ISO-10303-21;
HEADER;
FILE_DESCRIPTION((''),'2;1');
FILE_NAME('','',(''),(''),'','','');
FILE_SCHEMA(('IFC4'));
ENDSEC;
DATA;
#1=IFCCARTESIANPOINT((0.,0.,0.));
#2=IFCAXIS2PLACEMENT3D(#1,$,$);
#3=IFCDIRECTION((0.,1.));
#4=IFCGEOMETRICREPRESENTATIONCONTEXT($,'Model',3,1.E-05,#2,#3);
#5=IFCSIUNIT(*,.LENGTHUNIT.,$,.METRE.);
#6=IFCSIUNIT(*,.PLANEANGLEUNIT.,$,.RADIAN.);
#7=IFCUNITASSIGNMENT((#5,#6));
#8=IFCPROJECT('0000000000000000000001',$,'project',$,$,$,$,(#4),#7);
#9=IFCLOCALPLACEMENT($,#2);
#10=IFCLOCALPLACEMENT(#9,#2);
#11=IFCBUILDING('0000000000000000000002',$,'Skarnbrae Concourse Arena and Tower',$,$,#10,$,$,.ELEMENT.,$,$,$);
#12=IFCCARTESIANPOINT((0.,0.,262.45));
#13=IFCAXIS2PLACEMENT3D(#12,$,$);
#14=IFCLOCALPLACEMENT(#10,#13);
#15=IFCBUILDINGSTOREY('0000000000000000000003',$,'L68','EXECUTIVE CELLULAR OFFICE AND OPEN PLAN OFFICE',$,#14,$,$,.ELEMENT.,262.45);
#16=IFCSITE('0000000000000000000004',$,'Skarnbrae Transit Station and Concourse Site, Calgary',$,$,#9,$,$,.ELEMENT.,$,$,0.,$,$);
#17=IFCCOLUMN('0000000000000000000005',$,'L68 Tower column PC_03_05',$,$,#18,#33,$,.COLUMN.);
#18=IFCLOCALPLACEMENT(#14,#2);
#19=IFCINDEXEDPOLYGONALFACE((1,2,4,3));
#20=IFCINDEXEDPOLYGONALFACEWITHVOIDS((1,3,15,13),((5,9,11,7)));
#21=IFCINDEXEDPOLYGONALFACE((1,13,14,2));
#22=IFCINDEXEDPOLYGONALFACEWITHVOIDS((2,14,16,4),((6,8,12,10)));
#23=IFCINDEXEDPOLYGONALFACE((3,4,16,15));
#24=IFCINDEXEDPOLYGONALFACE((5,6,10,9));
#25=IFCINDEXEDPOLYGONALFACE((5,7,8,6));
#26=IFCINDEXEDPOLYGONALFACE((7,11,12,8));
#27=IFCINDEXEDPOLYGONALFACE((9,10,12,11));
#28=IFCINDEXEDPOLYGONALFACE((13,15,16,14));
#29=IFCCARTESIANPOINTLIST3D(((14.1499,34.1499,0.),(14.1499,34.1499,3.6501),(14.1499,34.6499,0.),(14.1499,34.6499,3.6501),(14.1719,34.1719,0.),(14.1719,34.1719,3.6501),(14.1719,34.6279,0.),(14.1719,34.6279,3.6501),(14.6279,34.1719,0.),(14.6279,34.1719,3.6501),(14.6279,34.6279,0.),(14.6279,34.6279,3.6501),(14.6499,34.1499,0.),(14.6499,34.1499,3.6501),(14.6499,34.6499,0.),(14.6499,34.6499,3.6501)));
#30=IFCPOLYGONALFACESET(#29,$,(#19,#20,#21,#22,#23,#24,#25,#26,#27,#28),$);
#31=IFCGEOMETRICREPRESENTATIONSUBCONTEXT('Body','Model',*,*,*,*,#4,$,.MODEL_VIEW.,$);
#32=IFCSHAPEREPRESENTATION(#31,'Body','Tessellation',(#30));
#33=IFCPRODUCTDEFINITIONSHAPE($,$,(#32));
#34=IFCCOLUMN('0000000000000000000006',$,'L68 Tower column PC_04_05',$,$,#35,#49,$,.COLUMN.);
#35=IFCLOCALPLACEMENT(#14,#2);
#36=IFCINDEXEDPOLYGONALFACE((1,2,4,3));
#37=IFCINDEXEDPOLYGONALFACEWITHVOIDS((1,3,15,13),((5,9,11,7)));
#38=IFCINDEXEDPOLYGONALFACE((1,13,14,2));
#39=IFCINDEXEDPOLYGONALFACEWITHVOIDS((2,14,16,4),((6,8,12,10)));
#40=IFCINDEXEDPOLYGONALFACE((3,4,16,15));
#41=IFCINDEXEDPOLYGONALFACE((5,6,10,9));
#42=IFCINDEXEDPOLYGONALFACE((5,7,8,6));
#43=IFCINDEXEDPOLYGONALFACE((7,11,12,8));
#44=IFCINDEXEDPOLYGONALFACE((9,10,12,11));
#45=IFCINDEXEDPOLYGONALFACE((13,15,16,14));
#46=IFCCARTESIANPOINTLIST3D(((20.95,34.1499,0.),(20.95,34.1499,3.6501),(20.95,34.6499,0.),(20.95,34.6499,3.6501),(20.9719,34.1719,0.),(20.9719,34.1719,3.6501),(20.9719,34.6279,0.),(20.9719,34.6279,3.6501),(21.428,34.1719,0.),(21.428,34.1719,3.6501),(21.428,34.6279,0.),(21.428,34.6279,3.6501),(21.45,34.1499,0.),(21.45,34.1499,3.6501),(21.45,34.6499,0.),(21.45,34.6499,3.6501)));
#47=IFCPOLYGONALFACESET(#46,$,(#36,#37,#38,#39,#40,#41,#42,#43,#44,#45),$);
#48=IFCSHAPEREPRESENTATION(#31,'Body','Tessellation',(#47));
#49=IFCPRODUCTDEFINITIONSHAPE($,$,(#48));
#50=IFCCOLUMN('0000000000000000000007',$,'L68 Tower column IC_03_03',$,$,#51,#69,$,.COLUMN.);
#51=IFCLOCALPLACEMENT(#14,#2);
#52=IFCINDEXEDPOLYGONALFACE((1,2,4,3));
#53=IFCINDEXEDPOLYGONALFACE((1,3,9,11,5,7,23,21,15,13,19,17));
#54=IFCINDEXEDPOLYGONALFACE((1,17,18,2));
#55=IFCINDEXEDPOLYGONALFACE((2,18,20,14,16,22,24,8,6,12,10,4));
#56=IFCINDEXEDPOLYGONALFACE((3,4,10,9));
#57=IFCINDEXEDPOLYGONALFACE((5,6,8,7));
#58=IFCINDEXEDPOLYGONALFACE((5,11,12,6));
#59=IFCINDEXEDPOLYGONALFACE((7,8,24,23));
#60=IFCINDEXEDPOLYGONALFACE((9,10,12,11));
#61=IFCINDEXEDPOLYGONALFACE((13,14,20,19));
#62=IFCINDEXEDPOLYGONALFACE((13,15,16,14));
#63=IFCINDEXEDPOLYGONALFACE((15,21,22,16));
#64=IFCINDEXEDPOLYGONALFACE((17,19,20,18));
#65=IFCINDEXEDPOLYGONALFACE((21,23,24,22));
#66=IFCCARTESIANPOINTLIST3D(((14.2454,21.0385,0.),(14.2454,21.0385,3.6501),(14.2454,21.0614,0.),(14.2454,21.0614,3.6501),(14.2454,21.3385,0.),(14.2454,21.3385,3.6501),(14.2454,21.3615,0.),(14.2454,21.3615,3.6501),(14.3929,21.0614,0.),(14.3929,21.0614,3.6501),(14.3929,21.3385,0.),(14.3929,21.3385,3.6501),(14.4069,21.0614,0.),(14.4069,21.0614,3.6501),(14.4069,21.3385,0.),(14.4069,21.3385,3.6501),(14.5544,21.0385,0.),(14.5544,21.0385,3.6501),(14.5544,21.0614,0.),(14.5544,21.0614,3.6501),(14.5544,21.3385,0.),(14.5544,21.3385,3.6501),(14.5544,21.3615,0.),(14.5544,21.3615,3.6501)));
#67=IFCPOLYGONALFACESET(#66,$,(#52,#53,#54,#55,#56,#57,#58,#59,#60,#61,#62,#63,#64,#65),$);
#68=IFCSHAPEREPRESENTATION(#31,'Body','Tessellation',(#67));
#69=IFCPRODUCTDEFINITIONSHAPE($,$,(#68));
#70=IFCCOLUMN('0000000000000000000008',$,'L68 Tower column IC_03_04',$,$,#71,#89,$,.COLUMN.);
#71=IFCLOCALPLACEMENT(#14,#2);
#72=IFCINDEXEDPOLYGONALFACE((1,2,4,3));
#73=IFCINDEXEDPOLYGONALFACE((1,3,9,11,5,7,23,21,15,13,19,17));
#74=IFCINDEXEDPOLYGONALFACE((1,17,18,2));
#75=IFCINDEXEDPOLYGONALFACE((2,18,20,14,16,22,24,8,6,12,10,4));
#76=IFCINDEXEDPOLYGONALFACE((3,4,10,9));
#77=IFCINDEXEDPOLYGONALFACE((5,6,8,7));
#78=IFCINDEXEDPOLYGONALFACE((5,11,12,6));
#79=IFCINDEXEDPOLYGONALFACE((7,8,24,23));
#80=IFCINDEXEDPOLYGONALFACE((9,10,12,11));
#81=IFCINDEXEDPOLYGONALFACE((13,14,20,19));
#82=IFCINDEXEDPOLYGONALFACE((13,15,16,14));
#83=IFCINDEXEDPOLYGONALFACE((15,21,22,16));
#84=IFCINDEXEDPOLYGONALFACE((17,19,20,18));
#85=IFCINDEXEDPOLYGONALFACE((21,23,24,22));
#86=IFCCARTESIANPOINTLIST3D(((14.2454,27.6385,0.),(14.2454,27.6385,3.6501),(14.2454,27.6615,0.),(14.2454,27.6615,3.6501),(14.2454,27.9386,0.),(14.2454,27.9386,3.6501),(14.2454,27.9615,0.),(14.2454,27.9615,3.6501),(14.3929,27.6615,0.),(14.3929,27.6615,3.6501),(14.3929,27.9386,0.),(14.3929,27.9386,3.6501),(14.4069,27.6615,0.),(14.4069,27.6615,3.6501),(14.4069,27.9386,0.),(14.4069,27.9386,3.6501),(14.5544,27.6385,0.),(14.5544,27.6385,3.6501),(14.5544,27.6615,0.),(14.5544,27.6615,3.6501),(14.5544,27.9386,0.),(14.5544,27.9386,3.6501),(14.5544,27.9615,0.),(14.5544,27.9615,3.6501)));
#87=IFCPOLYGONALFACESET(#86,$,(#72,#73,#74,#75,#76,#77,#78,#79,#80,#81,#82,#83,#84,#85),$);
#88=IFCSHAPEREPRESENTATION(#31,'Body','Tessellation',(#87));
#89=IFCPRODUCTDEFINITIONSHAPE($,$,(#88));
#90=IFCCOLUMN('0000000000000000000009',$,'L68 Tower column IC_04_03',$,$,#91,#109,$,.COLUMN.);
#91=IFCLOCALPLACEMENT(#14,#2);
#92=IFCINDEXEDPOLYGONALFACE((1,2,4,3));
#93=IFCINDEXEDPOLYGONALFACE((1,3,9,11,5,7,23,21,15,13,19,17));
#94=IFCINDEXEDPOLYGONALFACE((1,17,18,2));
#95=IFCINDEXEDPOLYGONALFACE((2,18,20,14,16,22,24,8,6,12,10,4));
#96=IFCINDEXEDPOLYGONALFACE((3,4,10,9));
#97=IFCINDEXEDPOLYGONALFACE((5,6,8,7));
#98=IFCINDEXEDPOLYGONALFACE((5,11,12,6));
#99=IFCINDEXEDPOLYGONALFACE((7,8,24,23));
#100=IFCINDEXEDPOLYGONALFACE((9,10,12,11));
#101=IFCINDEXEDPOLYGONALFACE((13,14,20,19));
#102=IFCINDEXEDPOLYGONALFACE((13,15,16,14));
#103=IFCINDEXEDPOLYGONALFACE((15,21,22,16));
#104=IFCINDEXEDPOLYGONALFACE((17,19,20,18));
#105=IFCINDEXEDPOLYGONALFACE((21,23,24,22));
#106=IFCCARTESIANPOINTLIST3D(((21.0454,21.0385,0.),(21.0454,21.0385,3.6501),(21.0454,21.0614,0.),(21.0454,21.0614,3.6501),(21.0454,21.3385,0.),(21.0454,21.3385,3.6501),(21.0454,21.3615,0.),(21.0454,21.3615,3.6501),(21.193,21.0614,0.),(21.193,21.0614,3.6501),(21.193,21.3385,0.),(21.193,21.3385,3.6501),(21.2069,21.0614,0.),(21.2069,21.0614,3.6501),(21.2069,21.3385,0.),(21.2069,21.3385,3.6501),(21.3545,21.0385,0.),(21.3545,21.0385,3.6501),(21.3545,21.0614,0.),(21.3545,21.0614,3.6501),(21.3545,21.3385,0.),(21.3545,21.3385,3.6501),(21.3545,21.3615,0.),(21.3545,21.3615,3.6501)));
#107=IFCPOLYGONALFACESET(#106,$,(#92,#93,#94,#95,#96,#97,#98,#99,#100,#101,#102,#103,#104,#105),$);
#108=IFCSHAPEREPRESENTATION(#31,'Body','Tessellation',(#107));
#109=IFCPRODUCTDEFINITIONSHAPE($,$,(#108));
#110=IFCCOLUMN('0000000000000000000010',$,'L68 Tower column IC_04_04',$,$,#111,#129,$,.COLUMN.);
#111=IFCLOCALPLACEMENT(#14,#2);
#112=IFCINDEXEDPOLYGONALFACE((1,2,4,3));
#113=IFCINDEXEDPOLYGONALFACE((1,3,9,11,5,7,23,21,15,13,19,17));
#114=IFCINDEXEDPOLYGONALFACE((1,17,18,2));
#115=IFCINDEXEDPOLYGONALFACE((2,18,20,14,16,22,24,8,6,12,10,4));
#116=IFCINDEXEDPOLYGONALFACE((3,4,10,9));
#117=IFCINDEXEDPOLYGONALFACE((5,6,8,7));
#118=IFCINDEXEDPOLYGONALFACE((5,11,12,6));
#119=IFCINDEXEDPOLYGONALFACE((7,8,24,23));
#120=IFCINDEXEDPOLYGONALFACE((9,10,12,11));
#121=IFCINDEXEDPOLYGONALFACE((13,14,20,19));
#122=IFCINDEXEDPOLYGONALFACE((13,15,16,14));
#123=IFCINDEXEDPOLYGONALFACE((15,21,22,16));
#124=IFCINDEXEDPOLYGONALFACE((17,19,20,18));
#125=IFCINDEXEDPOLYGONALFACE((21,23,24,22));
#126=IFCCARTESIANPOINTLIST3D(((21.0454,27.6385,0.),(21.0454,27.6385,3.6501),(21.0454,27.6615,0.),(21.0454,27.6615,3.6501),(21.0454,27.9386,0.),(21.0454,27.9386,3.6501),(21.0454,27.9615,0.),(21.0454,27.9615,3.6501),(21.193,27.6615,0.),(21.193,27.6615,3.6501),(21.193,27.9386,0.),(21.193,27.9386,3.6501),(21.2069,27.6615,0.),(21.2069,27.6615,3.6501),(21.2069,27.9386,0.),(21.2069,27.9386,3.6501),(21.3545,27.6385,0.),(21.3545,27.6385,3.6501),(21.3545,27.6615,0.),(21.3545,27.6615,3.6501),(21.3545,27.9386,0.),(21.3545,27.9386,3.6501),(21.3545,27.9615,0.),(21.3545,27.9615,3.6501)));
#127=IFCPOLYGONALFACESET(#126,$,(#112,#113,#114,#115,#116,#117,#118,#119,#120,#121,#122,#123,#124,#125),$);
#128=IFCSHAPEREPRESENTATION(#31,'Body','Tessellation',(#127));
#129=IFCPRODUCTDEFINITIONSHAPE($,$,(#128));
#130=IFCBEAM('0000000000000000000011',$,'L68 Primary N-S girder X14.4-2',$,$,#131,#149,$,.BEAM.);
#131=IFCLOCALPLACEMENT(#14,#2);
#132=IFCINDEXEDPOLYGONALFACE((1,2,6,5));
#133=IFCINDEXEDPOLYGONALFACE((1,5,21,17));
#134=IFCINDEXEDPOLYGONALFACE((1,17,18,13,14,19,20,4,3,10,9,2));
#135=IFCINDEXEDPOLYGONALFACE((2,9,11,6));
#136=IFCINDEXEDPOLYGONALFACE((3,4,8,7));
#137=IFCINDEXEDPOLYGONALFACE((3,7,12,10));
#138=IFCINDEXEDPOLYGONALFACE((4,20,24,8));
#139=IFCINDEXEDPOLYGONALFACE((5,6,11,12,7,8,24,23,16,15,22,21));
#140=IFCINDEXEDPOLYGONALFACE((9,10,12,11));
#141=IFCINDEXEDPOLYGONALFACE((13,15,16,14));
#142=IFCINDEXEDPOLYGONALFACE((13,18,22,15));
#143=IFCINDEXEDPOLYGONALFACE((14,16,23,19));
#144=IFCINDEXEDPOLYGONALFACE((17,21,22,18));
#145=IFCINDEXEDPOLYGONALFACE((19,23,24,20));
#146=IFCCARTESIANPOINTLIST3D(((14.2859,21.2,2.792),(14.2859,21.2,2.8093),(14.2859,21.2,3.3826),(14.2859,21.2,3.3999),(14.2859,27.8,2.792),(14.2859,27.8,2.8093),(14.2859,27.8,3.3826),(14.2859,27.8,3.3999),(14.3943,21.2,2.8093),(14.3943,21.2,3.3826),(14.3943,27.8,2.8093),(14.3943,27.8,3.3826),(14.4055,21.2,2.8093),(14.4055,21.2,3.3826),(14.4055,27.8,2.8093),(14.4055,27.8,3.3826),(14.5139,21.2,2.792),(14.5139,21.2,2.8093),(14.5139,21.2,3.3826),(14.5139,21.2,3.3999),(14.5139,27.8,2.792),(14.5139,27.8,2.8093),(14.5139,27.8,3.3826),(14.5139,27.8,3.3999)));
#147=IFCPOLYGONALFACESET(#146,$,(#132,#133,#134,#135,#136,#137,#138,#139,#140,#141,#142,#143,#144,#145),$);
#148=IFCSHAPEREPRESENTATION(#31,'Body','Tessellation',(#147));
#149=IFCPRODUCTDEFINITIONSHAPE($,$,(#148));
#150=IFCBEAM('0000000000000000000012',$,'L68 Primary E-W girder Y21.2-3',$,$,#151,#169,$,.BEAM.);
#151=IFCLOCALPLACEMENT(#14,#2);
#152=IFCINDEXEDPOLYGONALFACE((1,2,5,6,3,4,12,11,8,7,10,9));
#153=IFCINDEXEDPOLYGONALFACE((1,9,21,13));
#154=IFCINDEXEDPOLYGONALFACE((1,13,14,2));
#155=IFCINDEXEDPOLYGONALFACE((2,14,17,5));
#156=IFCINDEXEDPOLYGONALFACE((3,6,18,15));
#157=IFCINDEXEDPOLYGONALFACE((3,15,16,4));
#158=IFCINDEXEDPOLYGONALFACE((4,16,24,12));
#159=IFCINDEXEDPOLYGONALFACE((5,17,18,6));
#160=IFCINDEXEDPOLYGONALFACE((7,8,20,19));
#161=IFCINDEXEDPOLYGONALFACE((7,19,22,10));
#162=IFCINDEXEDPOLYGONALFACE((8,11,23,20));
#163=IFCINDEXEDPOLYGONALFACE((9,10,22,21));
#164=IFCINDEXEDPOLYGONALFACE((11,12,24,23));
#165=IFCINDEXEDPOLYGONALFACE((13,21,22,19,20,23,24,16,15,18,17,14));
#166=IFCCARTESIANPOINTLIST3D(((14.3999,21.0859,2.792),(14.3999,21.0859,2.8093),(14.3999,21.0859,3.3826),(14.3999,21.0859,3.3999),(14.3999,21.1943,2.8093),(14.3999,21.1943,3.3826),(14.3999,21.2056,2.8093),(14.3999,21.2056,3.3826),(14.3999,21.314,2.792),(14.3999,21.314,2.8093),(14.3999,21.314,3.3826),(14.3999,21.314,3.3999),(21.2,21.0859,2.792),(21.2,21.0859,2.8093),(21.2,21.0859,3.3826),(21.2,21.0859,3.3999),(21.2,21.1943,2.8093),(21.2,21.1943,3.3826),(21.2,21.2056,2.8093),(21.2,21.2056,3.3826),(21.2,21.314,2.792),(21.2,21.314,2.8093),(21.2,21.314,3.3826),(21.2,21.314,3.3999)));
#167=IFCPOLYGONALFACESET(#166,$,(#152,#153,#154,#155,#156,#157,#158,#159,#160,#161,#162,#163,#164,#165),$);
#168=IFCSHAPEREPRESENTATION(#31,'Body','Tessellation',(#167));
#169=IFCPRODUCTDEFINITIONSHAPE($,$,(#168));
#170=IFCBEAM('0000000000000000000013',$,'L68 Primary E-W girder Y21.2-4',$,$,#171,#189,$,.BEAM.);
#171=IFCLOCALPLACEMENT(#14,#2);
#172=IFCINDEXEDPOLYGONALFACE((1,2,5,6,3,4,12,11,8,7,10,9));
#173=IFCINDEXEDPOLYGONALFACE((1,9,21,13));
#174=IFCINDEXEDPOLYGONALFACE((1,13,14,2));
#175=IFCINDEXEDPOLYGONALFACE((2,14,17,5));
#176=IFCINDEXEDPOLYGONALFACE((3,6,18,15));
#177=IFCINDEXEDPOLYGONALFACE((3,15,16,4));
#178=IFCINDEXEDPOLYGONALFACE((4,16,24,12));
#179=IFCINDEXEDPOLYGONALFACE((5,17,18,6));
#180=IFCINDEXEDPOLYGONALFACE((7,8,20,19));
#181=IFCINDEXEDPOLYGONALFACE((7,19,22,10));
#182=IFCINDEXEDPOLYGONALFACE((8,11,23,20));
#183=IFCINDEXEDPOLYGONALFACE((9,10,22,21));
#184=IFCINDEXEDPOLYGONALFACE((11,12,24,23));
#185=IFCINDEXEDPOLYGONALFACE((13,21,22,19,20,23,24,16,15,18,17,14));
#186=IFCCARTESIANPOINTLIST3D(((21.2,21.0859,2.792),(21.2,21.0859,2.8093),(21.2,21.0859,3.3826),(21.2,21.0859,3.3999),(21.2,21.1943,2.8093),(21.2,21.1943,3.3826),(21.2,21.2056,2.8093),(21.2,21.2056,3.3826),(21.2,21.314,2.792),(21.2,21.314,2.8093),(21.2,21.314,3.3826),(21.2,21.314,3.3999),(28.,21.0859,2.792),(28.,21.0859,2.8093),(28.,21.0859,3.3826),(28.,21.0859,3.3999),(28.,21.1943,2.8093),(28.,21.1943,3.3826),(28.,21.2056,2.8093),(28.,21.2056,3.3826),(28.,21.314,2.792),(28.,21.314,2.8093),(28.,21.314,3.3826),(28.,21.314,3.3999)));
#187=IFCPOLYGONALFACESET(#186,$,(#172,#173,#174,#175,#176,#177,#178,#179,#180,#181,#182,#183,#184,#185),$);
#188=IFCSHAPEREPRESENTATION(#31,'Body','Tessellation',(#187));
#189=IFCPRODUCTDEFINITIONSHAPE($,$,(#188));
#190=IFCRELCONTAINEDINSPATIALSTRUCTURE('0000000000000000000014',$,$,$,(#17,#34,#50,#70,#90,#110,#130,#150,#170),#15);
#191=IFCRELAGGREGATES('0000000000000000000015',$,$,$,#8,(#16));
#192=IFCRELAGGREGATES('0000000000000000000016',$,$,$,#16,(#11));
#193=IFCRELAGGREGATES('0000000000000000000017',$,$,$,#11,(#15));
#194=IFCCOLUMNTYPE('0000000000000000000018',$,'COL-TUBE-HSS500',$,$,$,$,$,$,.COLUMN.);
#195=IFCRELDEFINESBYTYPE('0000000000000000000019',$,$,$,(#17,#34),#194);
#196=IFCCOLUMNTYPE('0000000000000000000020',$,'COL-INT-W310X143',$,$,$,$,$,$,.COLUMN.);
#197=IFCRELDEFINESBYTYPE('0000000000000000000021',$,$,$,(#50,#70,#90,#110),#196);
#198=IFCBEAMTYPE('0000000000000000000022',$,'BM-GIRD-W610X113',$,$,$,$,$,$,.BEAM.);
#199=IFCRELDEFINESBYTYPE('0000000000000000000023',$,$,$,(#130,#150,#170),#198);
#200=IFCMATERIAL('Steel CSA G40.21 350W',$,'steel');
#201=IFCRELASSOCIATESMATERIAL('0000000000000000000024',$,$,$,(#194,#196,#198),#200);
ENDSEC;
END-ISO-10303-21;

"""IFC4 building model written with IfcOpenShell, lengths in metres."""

from ifc_helpers import new_model, si_unit, direction, frame, origin, origin_2d, place, context, subcontext, project, spatial, hollow_rectangle, i_section, extrude, source, transform, mapped, material, material_profile, profile_set, type_object, element, save


model = new_model("IFC4")

# Units and contexts
model_context = context("Model", 3, precision=1e-05, world=origin(), true_north=direction((0.0, 1.0)))
body_context = subcontext(model_context, "Body", "Model", "MODEL_VIEW")
ifc_project = project(units=[si_unit("LENGTHUNIT", "METRE"), si_unit("PLANEANGLEUNIT", "RADIAN")], contexts=[model_context])

# Site, building, storey
site_placement = place(None, origin())
site = spatial("IfcSite", under=ifc_project, at=site_placement, Name="Skarnbrae Transit Station and Concourse Site, Calgary", CompositionType="ELEMENT", RefElevation=0.0)
building_placement = place(site_placement, origin())
building = spatial("IfcBuilding", under=site, at=building_placement, Name="Skarnbrae Concourse Arena and Tower", CompositionType="ELEMENT")
storey_placement = place(building_placement, frame((0.0, 0.0, 262.45)))
storey = spatial("IfcBuildingStorey", under=building, at=storey_placement, Name="L68", Description="EXECUTIVE CELLULAR OFFICE AND OPEN PLAN OFFICE", CompositionType="ELEMENT", Elevation=262.45)

# Columns
ifc_material_1 = material(Name="Steel CSA G40.21 350W", Category="steel")
ifc_material_profile_1 = material_profile(ifc_material_1, hollow_rectangle(XDim=0.5, YDim=0.5, WallThickness=0.022, at=origin_2d()), Name="HSS500X500X22.0")
ifc_profile_set_1 = profile_set([ifc_material_profile_1], Name="Steel CSA G40.21 350W")
column_type_1 = type_object("IfcColumnType", Name="COL-TUBE-HSS500", PredefinedType="COLUMN", material=ifc_profile_set_1)
shared_shape_1 = source(origin(), body_context, "Body", "SweptSolid", [
    extrude(hollow_rectangle(XDim=0.5, YDim=0.5, WallThickness=0.022, at=origin_2d()), origin(), (0.0, 0.0, 1.0), 3.6501),
])
for number, where, z_axis, x_axis, name in (
    (1, (14.3999, 34.3999, 0.0), (0.0, 0.0, 1.0), (1.0, 0.0, 0.0), "L68 Tower column PC_03_05"),
    (2, (21.2, 34.3999, 0.0), (0.0, 0.0, 1.0), (1.0, 0.0, 0.0), "L68 Tower column PC_04_05"),
):
    element("IfcColumn", number, at=place(storey_placement, frame(where, z_axis=z_axis, x_axis=x_axis)), inside=storey, type_object=column_type_1, Name=name, PredefinedType="COLUMN", context=body_context, shape_type="MappedRepresentation", body=[
        mapped(shared_shape_1, transform((0.0, 0.0, 0.0))),
    ])
ifc_material_profile_2 = material_profile(ifc_material_1, i_section(OverallWidth=0.3091, OverallDepth=0.323, WebThickness=0.0139, FlangeThickness=0.0229, at=origin_2d()), Name="W310X143")
ifc_profile_set_2 = profile_set([ifc_material_profile_2], Name="Steel CSA G40.21 350W")
column_type_2 = type_object("IfcColumnType", Name="COL-INT-W310X143", PredefinedType="COLUMN", material=ifc_profile_set_2)
shared_shape_2 = source(origin(), body_context, "Body", "SweptSolid", [
    extrude(i_section(OverallWidth=0.3091, OverallDepth=0.323, WebThickness=0.0139, FlangeThickness=0.0229, at=origin_2d()), origin(), (0.0, 0.0, 1.0), 3.6501),
])
for number, where, z_axis, x_axis, name in (
    (3, (14.3999, 21.2, 0.0), (0.0, 0.0, 1.0), (1.0, 0.0, 0.0), "L68 Tower column IC_03_03"),
    (4, (14.3999, 27.8, 0.0), (0.0, 0.0, 1.0), (1.0, 0.0, 0.0), "L68 Tower column IC_03_04"),
    (5, (21.2, 21.2, 0.0), (0.0, 0.0, 1.0), (1.0, 0.0, 0.0), "L68 Tower column IC_04_03"),
    (6, (21.2, 27.8, 0.0), (0.0, 0.0, 1.0), (1.0, 0.0, 0.0), "L68 Tower column IC_04_04"),
):
    element("IfcColumn", number, at=place(storey_placement, frame(where, z_axis=z_axis, x_axis=x_axis)), inside=storey, type_object=column_type_2, Name=name, PredefinedType="COLUMN", context=body_context, shape_type="MappedRepresentation", body=[
        mapped(shared_shape_2, transform((0.0, 0.0, 0.0))),
    ])

# Beams
ifc_material_profile_3 = material_profile(ifc_material_1, i_section(OverallWidth=0.228, OverallDepth=0.6079, WebThickness=0.0112, FlangeThickness=0.0173, at=origin_2d()), Name="W610X113")
ifc_profile_set_3 = profile_set([ifc_material_profile_3], Name="Steel CSA G40.21 350W")
beam_type_1 = type_object("IfcBeamType", Name="BM-GIRD-W610X113", PredefinedType="BEAM", material=ifc_profile_set_3)
shared_shape_3 = source(origin(), body_context, "Body", "SweptSolid", [
    extrude(i_section(OverallWidth=0.228, OverallDepth=0.6079, WebThickness=0.0112, FlangeThickness=0.0173, at=origin_2d()), origin(), (0.0, 0.0, 1.0), 6.6001),
])
beam_1_placement = place(storey_placement, frame((14.3999, 21.2, 3.0959), z_axis=(0.0, 1.0, 0.0), x_axis=(-1.0, 0.0, 0.0)))
element("IfcBeam", 7, at=beam_1_placement, inside=storey, type_object=beam_type_1, Name="L68 Primary N-S girder X14.4-2", PredefinedType="BEAM", context=body_context, shape_type="MappedRepresentation", body=[
    mapped(shared_shape_3, transform((0.0, 0.0, 0.0))),
])
shared_shape_4 = source(origin(), body_context, "Body", "SweptSolid", [
    extrude(i_section(OverallWidth=0.228, OverallDepth=0.6079, WebThickness=0.0112, FlangeThickness=0.0173, at=origin_2d()), origin(), (0.0, 0.0, 1.0), 6.8),
])
for number, where, z_axis, x_axis, name in (
    (8, (14.3999, 21.2, 3.0959), (1.0, 0.0, 0.0), (0.0, 1.0, 0.0), "L68 Primary E-W girder Y21.2-3"),
    (9, (21.2, 21.2, 3.0959), (1.0, 0.0, 0.0), (0.0, 1.0, 0.0), "L68 Primary E-W girder Y21.2-4"),
):
    element("IfcBeam", number, at=place(storey_placement, frame(where, z_axis=z_axis, x_axis=x_axis)), inside=storey, type_object=beam_type_1, Name=name, PredefinedType="BEAM", context=body_context, shape_type="MappedRepresentation", body=[
        mapped(shared_shape_4, transform((0.0, 0.0, 0.0))),
    ])

save(model, "model.ifc")
